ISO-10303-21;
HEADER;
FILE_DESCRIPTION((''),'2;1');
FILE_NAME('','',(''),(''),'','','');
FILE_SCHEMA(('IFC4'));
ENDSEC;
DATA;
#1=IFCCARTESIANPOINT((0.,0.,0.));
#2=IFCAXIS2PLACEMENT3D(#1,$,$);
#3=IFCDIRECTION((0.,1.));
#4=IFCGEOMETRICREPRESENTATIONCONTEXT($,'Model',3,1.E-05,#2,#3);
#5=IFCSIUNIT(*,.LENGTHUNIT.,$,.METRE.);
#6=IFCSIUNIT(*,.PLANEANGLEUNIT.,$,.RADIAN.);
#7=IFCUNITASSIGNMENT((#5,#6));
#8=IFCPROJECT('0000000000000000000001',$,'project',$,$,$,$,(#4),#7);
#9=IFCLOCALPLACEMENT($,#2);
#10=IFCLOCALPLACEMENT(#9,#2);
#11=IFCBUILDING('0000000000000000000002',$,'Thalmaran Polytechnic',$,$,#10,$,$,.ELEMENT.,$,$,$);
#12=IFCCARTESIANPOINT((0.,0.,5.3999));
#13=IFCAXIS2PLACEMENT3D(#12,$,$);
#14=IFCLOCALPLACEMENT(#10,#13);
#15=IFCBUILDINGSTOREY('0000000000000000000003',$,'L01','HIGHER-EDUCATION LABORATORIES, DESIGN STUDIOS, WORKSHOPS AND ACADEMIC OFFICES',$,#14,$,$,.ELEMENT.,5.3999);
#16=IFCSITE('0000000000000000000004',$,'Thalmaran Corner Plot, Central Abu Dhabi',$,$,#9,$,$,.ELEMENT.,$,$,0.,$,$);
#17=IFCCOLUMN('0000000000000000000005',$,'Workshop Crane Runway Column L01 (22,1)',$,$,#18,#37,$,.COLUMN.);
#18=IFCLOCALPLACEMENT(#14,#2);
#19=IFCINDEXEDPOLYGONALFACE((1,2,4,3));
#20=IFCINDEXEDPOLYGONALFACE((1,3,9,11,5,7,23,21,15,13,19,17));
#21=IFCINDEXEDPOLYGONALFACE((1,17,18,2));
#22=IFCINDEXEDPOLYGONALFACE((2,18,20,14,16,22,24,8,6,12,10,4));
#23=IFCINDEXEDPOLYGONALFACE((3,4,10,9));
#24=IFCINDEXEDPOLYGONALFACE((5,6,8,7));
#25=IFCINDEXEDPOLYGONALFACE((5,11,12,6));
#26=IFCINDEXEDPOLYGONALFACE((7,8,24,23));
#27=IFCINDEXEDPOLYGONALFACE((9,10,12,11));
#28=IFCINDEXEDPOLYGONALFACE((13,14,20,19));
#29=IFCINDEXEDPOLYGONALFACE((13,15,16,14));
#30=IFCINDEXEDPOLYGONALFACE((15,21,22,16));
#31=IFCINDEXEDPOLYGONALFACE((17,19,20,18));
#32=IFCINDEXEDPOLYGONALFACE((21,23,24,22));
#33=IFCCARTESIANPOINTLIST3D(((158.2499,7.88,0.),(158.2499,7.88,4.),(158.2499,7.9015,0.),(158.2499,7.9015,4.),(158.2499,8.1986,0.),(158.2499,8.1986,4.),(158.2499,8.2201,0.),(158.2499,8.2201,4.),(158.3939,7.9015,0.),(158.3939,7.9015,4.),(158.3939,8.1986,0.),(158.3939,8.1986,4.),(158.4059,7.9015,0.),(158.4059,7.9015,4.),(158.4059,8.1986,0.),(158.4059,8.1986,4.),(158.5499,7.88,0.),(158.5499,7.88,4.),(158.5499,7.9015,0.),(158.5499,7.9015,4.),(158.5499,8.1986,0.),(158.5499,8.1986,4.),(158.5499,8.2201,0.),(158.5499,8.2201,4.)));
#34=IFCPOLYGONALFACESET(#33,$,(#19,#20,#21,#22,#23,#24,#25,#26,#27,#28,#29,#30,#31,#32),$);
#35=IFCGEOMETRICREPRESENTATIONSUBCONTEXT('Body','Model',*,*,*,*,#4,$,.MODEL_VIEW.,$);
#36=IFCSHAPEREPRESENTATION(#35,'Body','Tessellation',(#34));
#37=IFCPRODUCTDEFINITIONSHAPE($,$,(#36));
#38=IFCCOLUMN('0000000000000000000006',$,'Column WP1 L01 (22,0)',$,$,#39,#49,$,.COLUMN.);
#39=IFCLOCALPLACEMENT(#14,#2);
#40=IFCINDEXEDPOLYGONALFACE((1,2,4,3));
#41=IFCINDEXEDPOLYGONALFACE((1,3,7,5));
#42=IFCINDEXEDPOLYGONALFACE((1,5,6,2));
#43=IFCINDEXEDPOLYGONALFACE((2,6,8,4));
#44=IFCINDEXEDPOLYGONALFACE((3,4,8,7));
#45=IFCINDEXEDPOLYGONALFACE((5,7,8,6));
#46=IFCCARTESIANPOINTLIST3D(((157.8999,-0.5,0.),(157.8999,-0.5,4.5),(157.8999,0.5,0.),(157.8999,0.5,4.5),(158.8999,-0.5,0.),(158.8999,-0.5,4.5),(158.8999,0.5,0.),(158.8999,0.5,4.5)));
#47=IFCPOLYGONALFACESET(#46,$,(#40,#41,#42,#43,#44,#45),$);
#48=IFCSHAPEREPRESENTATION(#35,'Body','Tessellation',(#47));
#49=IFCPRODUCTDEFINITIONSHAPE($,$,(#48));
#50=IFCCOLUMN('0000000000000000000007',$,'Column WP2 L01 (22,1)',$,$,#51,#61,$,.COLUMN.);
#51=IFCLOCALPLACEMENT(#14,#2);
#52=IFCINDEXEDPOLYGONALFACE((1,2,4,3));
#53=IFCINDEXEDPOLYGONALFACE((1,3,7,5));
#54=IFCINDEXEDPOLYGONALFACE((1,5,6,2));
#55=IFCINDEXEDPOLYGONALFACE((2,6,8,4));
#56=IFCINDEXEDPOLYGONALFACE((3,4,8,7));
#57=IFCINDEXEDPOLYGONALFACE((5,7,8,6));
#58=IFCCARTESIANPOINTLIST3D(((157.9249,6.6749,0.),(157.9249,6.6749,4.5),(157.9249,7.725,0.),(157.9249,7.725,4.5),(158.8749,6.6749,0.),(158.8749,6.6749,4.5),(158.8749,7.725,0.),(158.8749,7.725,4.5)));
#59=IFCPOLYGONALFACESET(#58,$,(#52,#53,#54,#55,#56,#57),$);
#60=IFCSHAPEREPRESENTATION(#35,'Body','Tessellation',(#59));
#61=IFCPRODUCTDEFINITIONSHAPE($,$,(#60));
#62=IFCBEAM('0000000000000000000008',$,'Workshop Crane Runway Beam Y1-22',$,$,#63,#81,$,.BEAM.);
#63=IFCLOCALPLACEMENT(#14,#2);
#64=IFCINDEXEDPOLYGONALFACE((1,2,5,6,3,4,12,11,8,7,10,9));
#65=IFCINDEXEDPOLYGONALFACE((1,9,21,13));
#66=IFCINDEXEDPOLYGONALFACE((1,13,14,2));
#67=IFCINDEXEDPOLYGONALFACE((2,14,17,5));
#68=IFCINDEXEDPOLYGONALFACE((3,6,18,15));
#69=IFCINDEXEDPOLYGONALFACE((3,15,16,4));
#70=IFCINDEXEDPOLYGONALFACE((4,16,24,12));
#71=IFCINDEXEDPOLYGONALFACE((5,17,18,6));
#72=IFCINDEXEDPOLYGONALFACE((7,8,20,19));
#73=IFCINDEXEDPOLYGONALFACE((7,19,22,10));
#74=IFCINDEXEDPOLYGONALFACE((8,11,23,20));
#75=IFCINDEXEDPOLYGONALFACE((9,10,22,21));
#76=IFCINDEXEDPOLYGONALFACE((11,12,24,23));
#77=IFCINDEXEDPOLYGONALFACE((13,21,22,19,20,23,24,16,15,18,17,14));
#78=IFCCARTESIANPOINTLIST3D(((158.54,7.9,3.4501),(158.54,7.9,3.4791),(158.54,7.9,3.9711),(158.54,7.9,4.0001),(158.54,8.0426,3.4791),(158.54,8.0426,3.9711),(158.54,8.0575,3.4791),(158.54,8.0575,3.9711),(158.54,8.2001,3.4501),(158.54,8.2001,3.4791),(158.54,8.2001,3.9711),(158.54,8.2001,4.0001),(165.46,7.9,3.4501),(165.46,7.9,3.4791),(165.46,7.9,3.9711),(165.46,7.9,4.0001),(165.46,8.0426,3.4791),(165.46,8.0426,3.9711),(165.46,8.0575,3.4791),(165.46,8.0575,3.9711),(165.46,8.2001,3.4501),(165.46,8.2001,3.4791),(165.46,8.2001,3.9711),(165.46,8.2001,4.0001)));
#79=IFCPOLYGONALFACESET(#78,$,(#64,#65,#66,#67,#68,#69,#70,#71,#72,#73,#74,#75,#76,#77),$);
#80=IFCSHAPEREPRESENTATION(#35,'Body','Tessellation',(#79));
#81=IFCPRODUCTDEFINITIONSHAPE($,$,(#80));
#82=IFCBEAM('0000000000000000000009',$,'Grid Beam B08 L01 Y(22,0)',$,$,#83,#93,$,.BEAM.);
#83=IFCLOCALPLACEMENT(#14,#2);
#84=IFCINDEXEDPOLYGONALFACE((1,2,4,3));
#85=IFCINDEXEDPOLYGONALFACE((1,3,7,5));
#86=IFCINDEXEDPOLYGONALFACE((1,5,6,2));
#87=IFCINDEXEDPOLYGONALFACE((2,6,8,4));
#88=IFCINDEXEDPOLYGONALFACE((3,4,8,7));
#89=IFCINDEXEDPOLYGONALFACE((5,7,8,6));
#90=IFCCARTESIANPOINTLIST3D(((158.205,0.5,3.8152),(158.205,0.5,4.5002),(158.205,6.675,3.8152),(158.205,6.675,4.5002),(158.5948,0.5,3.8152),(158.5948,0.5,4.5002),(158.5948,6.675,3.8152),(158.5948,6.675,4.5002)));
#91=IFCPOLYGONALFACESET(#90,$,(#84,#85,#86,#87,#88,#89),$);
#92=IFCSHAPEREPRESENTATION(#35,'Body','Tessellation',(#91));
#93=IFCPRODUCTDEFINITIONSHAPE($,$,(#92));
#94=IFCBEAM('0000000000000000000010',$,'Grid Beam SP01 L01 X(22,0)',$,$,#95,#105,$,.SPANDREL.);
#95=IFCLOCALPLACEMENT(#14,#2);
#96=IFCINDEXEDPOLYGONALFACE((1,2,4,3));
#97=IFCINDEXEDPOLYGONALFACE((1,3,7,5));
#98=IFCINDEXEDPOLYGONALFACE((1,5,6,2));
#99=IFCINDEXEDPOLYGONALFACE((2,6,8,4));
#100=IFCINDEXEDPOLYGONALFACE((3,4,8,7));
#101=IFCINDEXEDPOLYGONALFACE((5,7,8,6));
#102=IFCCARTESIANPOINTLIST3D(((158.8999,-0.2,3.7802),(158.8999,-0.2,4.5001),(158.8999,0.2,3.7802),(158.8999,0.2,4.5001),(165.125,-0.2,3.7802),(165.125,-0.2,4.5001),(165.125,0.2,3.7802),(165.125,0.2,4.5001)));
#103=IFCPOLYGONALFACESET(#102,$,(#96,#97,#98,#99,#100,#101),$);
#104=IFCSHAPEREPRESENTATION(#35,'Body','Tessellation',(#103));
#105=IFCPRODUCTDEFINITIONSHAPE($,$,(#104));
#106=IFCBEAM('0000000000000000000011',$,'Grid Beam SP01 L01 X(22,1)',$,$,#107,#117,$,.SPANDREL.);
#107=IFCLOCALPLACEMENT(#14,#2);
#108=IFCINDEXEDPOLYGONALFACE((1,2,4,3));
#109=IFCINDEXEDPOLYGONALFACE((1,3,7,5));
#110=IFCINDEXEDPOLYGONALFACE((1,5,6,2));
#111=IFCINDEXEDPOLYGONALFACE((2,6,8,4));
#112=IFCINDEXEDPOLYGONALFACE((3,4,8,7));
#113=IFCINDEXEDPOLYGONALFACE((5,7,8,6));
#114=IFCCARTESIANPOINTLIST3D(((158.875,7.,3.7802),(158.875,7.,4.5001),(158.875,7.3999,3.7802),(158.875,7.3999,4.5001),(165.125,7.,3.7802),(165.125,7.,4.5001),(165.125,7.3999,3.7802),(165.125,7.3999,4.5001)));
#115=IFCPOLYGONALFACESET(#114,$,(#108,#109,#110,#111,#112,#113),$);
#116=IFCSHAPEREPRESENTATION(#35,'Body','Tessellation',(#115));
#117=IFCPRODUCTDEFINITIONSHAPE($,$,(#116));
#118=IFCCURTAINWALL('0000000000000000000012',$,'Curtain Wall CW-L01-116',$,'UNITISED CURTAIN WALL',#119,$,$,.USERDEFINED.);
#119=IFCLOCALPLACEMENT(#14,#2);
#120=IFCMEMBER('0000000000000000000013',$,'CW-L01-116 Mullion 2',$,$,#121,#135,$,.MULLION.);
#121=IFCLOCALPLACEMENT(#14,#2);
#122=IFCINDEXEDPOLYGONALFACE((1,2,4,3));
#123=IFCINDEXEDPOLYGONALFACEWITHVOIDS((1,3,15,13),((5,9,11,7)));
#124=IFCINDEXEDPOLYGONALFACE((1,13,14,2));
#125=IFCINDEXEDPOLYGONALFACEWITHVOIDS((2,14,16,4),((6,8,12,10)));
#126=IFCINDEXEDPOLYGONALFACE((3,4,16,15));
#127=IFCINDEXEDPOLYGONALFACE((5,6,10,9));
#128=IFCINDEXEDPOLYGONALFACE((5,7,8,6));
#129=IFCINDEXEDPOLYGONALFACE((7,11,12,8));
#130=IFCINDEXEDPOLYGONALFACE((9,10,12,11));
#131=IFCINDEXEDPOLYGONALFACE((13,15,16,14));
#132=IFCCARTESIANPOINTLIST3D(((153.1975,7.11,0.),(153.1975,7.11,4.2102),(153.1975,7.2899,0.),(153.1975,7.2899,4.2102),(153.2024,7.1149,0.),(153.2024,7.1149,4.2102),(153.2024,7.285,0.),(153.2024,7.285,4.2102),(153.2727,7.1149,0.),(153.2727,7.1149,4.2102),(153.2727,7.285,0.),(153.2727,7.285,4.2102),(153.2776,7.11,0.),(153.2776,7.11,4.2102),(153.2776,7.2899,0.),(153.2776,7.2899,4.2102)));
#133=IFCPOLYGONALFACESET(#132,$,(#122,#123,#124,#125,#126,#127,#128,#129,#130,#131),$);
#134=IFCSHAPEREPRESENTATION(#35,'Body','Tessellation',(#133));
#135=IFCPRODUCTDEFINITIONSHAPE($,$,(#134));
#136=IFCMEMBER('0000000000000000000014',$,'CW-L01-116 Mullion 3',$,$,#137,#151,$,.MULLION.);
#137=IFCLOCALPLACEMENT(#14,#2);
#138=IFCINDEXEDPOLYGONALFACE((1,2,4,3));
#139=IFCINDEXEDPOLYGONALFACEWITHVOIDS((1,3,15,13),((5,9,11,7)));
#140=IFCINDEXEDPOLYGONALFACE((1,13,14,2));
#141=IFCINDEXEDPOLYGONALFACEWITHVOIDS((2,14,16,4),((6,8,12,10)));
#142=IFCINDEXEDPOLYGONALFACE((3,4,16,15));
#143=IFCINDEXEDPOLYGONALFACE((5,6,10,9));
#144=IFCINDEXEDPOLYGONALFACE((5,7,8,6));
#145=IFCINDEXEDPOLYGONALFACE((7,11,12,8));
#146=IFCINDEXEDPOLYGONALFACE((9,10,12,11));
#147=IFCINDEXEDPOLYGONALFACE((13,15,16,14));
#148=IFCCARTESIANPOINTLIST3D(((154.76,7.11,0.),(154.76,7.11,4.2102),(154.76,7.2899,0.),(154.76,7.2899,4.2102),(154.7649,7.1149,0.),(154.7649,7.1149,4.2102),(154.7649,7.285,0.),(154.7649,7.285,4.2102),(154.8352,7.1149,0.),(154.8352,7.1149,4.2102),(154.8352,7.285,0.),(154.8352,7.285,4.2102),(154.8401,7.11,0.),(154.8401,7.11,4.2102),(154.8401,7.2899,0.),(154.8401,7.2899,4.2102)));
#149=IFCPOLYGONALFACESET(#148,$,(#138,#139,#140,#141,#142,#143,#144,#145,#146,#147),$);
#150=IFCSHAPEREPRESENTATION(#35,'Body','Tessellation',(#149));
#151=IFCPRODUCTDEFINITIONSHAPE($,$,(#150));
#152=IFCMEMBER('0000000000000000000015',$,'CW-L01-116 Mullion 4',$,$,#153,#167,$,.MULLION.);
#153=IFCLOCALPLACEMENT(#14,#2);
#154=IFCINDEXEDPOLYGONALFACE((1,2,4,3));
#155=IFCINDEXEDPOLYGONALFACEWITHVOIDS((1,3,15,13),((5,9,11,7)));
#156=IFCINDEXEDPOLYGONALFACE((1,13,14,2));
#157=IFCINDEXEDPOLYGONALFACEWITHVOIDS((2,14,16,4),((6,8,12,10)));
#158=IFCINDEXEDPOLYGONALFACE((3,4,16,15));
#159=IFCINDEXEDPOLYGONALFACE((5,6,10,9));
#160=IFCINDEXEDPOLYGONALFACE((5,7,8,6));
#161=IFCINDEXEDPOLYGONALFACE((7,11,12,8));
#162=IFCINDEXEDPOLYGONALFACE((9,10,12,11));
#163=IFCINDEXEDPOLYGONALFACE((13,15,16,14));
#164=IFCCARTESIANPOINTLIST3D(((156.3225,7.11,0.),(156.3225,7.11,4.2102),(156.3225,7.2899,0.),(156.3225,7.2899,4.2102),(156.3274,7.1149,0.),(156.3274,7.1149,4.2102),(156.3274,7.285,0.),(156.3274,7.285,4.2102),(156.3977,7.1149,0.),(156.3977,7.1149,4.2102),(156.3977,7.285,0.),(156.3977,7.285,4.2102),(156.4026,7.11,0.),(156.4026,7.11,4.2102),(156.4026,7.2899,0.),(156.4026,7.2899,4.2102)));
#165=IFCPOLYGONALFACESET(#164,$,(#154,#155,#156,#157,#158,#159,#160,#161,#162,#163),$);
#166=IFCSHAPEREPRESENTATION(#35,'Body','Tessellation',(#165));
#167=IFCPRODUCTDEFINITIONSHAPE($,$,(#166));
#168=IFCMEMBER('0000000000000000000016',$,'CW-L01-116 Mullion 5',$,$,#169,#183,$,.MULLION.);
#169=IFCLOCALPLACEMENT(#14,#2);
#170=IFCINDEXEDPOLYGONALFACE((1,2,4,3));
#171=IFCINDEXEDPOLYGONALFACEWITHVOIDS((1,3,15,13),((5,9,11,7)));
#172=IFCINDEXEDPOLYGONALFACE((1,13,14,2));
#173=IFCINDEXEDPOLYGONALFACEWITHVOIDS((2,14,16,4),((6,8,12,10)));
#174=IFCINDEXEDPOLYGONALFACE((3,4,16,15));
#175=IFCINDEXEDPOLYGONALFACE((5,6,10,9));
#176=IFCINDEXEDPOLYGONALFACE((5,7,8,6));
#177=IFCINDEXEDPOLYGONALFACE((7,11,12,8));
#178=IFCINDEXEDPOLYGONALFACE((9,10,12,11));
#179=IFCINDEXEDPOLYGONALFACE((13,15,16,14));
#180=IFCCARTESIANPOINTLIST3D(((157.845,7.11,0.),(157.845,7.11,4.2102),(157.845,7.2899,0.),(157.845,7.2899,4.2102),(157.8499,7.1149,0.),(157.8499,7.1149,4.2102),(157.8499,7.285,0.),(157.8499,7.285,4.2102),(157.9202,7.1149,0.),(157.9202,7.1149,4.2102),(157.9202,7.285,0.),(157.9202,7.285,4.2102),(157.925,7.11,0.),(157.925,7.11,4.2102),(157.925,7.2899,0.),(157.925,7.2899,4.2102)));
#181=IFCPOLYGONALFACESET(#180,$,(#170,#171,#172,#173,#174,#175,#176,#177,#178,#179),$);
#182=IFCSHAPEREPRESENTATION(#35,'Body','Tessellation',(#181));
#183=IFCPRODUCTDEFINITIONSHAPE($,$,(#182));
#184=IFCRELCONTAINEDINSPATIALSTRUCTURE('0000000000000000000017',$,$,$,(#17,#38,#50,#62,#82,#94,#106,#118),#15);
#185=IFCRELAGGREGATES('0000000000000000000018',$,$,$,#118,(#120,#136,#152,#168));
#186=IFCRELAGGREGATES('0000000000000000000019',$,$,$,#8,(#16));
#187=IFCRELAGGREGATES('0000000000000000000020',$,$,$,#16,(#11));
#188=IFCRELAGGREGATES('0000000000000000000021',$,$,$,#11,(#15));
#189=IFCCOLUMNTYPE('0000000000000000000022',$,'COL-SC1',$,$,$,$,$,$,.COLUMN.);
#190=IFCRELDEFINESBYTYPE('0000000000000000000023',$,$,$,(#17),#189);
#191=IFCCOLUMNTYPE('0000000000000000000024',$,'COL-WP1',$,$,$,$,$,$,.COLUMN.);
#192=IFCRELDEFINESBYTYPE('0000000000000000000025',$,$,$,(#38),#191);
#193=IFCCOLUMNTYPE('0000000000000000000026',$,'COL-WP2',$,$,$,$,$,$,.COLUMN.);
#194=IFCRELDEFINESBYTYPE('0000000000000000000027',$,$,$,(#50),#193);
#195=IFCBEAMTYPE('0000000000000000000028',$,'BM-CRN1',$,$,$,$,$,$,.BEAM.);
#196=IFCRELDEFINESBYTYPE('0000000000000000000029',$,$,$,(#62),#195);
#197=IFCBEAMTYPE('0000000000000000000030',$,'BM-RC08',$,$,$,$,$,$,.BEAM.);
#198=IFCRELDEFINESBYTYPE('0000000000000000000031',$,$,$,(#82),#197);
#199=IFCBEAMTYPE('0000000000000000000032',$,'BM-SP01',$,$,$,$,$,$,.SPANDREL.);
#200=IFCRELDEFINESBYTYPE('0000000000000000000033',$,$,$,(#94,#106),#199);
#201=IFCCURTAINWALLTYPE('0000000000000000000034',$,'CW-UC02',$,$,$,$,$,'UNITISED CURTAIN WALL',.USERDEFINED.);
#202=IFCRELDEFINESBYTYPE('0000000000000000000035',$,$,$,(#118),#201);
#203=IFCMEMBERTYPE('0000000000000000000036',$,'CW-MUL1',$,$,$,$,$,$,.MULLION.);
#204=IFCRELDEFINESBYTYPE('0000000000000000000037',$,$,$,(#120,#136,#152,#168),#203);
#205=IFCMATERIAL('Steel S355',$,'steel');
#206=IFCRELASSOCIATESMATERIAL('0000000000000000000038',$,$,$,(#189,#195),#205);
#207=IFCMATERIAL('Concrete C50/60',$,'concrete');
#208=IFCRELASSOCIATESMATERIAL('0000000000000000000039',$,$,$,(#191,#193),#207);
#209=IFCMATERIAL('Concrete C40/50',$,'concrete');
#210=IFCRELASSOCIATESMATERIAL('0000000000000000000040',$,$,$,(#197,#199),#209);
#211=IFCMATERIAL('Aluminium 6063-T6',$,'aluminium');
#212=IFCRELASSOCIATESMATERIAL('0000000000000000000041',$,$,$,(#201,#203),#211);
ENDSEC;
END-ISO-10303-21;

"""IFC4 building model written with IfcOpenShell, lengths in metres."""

from ifc_helpers import new_model, si_unit, direction, frame, origin, origin_2d, place, context, subcontext, project, spatial, rectangle, hollow_rectangle, i_section, extrude, material, material_profile, profile_set, type_object, element, aggregate, save


model = new_model("IFC4")

# Units and contexts
model_context = context("Model", 3, precision=1e-05, world=origin(), true_north=direction((0.0, 1.0)))
body_context = subcontext(model_context, "Body", "Model", "MODEL_VIEW")
ifc_project = project(units=[si_unit("LENGTHUNIT", "METRE"), si_unit("PLANEANGLEUNIT", "RADIAN")], contexts=[model_context])

# Site, building, storey
site_placement = place(None, origin())
site = spatial("IfcSite", under=ifc_project, at=site_placement, Name="Thalmaran Corner Plot, Central Abu Dhabi", CompositionType="ELEMENT", RefElevation=0.0)
building_placement = place(site_placement, origin())
building = spatial("IfcBuilding", under=site, at=building_placement, Name="Thalmaran Polytechnic", CompositionType="ELEMENT")
storey_placement = place(building_placement, frame((0.0, 0.0, 5.3999)))
storey = spatial("IfcBuildingStorey", under=building, at=storey_placement, Name="L01", Description="HIGHER-EDUCATION LABORATORIES, DESIGN STUDIOS, WORKSHOPS AND ACADEMIC OFFICES", CompositionType="ELEMENT", Elevation=5.3999)

# Columns
ifc_material_1 = material(Name="Steel S355", Category="steel")
ifc_material_profile_1 = material_profile(ifc_material_1, i_section(OverallWidth=0.3, OverallDepth=0.3401, WebThickness=0.012, FlangeThickness=0.0215, at=origin_2d()), Name="HEB 340")
ifc_profile_set_1 = profile_set([ifc_material_profile_1], Name="Steel S355")
column_type_1 = type_object("IfcColumnType", Name="COL-SC1", PredefinedType="COLUMN", material=ifc_profile_set_1)
column_1_placement = place(storey_placement, frame((158.3999, 8.05, 0.0), z_axis=(0.0, 0.0, 1.0), x_axis=(1.0, 0.0, 0.0)))
element("IfcColumn", 1, at=column_1_placement, inside=storey, type_object=column_type_1, Name="Workshop Crane Runway Column L01 (22,1)", PredefinedType="COLUMN", context=body_context, shape_type="SweptSolid", body=[
    extrude(i_section(OverallWidth=0.3, OverallDepth=0.3401, WebThickness=0.012, FlangeThickness=0.0215, at=origin_2d()), origin(), (0.0, 0.0, 1.0), 4.0),
])
ifc_material_2 = material(Name="Concrete C50/60", Category="concrete")
ifc_material_profile_2 = material_profile(ifc_material_2, rectangle(XDim=1.0, YDim=1.0, at=origin_2d()), Name="RC 1000x1000")
ifc_profile_set_2 = profile_set([ifc_material_profile_2], Name="Concrete C50/60")
column_type_2 = type_object("IfcColumnType", Name="COL-WP1", PredefinedType="COLUMN", material=ifc_profile_set_2)
column_2_placement = place(storey_placement, frame((158.3999, 0.0, 0.0), z_axis=(0.0, 0.0, 1.0), x_axis=(1.0, 0.0, 0.0)))
element("IfcColumn", 2, at=column_2_placement, inside=storey, type_object=column_type_2, Name="Column WP1 L01 (22,0)", PredefinedType="COLUMN", context=body_context, shape_type="SweptSolid", body=[
    extrude(rectangle(XDim=1.0, YDim=1.0, at=origin_2d()), origin(), (0.0, 0.0, 1.0), 4.5),
])
ifc_material_profile_3 = material_profile(ifc_material_2, rectangle(XDim=0.95, YDim=1.05, at=origin_2d()), Name="RC 950x1050")
ifc_profile_set_3 = profile_set([ifc_material_profile_3], Name="Concrete C50/60")
column_type_3 = type_object("IfcColumnType", Name="COL-WP2", PredefinedType="COLUMN", material=ifc_profile_set_3)
column_3_placement = place(storey_placement, frame((158.3999, 7.2, 0.0), z_axis=(0.0, 0.0, 1.0), x_axis=(1.0, 0.0, 0.0)))
element("IfcColumn", 3, at=column_3_placement, inside=storey, type_object=column_type_3, Name="Column WP2 L01 (22,1)", PredefinedType="COLUMN", context=body_context, shape_type="SweptSolid", body=[
    extrude(rectangle(XDim=0.95, YDim=1.05, at=origin_2d()), origin(), (0.0, 0.0, 1.0), 4.5),
])

# Beams
ifc_material_profile_4 = material_profile(ifc_material_1, i_section(OverallWidth=0.3, OverallDepth=0.55, WebThickness=0.0149, FlangeThickness=0.0291, at=origin_2d()), Name="HEB 550")
ifc_profile_set_4 = profile_set([ifc_material_profile_4], Name="Steel S355")
beam_type_1 = type_object("IfcBeamType", Name="BM-CRN1", PredefinedType="BEAM", material=ifc_profile_set_4)
beam_1_placement = place(storey_placement, frame((158.54, 8.05, 3.7251), z_axis=(1.0, 0.0, 0.0), x_axis=(0.0, 1.0, 0.0)))
element("IfcBeam", 4, at=beam_1_placement, inside=storey, type_object=beam_type_1, Name="Workshop Crane Runway Beam Y1-22", PredefinedType="BEAM", context=body_context, shape_type="SweptSolid", body=[
    extrude(i_section(OverallWidth=0.3, OverallDepth=0.55, WebThickness=0.0149, FlangeThickness=0.0291, at=origin_2d()), origin(), (0.0, 0.0, 1.0), 6.9199),
])
ifc_material_3 = material(Name="Concrete C40/50", Category="concrete")
ifc_material_profile_5 = material_profile(ifc_material_3, rectangle(XDim=0.3899, YDim=0.6851, at=origin_2d()), Name="RC 390x685")
ifc_profile_set_5 = profile_set([ifc_material_profile_5], Name="Concrete C40/50")
beam_type_2 = type_object("IfcBeamType", Name="BM-RC08", PredefinedType="BEAM", material=ifc_profile_set_5)
beam_2_placement = place(storey_placement, frame((158.3999, 0.5, 4.1577), z_axis=(0.0, 1.0, 0.0), x_axis=(-1.0, 0.0, 0.0)))
element("IfcBeam", 5, at=beam_2_placement, inside=storey, type_object=beam_type_2, Name="Grid Beam B08 L01 Y(22,0)", PredefinedType="BEAM", context=body_context, shape_type="SweptSolid", body=[
    extrude(rectangle(XDim=0.3899, YDim=0.6851, at=origin_2d()), origin(), (0.0, 0.0, 1.0), 6.175),
])
ifc_material_profile_6 = material_profile(ifc_material_3, rectangle(XDim=0.3999, YDim=0.72, at=origin_2d()), Name="RC 400x720")
ifc_profile_set_6 = profile_set([ifc_material_profile_6], Name="Concrete C40/50")
beam_type_3 = type_object("IfcBeamType", Name="BM-SP01", PredefinedType="SPANDREL", material=ifc_profile_set_6)
beam_3_placement = place(storey_placement, frame((158.8999, 0.0, 4.1401), z_axis=(1.0, 0.0, 0.0), x_axis=(0.0, 1.0, 0.0)))
element("IfcBeam", 6, at=beam_3_placement, inside=storey, type_object=beam_type_3, Name="Grid Beam SP01 L01 X(22,0)", PredefinedType="SPANDREL", context=body_context, shape_type="SweptSolid", body=[
    extrude(rectangle(XDim=0.3999, YDim=0.72, at=origin_2d()), origin(), (0.0, 0.0, 1.0), 6.2251),
])
beam_4_placement = place(storey_placement, frame((158.875, 7.2, 4.1401), z_axis=(1.0, 0.0, 0.0), x_axis=(0.0, 1.0, 0.0)))
element("IfcBeam", 7, at=beam_4_placement, inside=storey, type_object=beam_type_3, Name="Grid Beam SP01 L01 X(22,1)", PredefinedType="SPANDREL", context=body_context, shape_type="SweptSolid", body=[
    extrude(rectangle(XDim=0.3999, YDim=0.72, at=origin_2d()), origin(), (0.0, 0.0, 1.0), 6.25),
])

# Curtain wall, members
ifc_material_4 = material(Name="Aluminium 6063-T6", Category="aluminium")
curtain_wall_type = type_object("IfcCurtainWallType", Name="CW-UC02", ElementType="UNITISED CURTAIN WALL", PredefinedType="USERDEFINED", material=ifc_material_4)
curtain_wall_1_placement = place(storey_placement, origin())
curtain_wall_1 = element("IfcCurtainWall", 8, at=curtain_wall_1_placement, inside=storey, type_object=curtain_wall_type, Name="Curtain Wall CW-L01-116", ObjectType="UNITISED CURTAIN WALL", PredefinedType="USERDEFINED")
ifc_material_profile_7 = material_profile(ifc_material_4, hollow_rectangle(XDim=0.0801, YDim=0.1799, WallThickness=0.0049, at=origin_2d()), Name="RHS 180x80x5.0")
ifc_profile_set_7 = profile_set([ifc_material_profile_7], Name="Aluminium 6063-T6")
member_type_1 = type_object("IfcMemberType", Name="CW-MUL1", PredefinedType="MULLION", material=ifc_profile_set_7)
member_1_placement = place(storey_placement, frame((153.2375, 7.2, 0.0), z_axis=(0.0, 0.0, 1.0), x_axis=(1.0, 0.0, 0.0)))
member_1 = element("IfcMember", 9, at=member_1_placement, type_object=member_type_1, Name="CW-L01-116 Mullion 2", PredefinedType="MULLION", context=body_context, shape_type="SweptSolid", body=[
    extrude(hollow_rectangle(XDim=0.0801, YDim=0.1799, WallThickness=0.0049, at=origin_2d()), origin(), (0.0, 0.0, 1.0), 4.2102),
])
member_2_placement = place(storey_placement, frame((154.8, 7.2, 0.0), z_axis=(0.0, 0.0, 1.0), x_axis=(1.0, 0.0, 0.0)))
member_2 = element("IfcMember", 10, at=member_2_placement, type_object=member_type_1, Name="CW-L01-116 Mullion 3", PredefinedType="MULLION", context=body_context, shape_type="SweptSolid", body=[
    extrude(hollow_rectangle(XDim=0.0801, YDim=0.1799, WallThickness=0.0049, at=origin_2d()), origin(), (0.0, 0.0, 1.0), 4.2102),
])
member_3_placement = place(storey_placement, frame((156.3625, 7.2, 0.0), z_axis=(0.0, 0.0, 1.0), x_axis=(1.0, 0.0, 0.0)))
member_3 = element("IfcMember", 11, at=member_3_placement, type_object=member_type_1, Name="CW-L01-116 Mullion 4", PredefinedType="MULLION", context=body_context, shape_type="SweptSolid", body=[
    extrude(hollow_rectangle(XDim=0.0801, YDim=0.1799, WallThickness=0.0049, at=origin_2d()), origin(), (0.0, 0.0, 1.0), 4.2102),
])
member_4_placement = place(storey_placement, frame((157.885, 7.2, 0.0), z_axis=(0.0, 0.0, 1.0), x_axis=(1.0, 0.0, 0.0)))
member_4 = element("IfcMember", 12, at=member_4_placement, type_object=member_type_1, Name="CW-L01-116 Mullion 5", PredefinedType="MULLION", context=body_context, shape_type="SweptSolid", body=[
    extrude(hollow_rectangle(XDim=0.0801, YDim=0.1799, WallThickness=0.0049, at=origin_2d()), origin(), (0.0, 0.0, 1.0), 4.2102),
])

aggregate(curtain_wall_1, [member_1, member_2, member_3, member_4])

save(model, "model.ifc")
